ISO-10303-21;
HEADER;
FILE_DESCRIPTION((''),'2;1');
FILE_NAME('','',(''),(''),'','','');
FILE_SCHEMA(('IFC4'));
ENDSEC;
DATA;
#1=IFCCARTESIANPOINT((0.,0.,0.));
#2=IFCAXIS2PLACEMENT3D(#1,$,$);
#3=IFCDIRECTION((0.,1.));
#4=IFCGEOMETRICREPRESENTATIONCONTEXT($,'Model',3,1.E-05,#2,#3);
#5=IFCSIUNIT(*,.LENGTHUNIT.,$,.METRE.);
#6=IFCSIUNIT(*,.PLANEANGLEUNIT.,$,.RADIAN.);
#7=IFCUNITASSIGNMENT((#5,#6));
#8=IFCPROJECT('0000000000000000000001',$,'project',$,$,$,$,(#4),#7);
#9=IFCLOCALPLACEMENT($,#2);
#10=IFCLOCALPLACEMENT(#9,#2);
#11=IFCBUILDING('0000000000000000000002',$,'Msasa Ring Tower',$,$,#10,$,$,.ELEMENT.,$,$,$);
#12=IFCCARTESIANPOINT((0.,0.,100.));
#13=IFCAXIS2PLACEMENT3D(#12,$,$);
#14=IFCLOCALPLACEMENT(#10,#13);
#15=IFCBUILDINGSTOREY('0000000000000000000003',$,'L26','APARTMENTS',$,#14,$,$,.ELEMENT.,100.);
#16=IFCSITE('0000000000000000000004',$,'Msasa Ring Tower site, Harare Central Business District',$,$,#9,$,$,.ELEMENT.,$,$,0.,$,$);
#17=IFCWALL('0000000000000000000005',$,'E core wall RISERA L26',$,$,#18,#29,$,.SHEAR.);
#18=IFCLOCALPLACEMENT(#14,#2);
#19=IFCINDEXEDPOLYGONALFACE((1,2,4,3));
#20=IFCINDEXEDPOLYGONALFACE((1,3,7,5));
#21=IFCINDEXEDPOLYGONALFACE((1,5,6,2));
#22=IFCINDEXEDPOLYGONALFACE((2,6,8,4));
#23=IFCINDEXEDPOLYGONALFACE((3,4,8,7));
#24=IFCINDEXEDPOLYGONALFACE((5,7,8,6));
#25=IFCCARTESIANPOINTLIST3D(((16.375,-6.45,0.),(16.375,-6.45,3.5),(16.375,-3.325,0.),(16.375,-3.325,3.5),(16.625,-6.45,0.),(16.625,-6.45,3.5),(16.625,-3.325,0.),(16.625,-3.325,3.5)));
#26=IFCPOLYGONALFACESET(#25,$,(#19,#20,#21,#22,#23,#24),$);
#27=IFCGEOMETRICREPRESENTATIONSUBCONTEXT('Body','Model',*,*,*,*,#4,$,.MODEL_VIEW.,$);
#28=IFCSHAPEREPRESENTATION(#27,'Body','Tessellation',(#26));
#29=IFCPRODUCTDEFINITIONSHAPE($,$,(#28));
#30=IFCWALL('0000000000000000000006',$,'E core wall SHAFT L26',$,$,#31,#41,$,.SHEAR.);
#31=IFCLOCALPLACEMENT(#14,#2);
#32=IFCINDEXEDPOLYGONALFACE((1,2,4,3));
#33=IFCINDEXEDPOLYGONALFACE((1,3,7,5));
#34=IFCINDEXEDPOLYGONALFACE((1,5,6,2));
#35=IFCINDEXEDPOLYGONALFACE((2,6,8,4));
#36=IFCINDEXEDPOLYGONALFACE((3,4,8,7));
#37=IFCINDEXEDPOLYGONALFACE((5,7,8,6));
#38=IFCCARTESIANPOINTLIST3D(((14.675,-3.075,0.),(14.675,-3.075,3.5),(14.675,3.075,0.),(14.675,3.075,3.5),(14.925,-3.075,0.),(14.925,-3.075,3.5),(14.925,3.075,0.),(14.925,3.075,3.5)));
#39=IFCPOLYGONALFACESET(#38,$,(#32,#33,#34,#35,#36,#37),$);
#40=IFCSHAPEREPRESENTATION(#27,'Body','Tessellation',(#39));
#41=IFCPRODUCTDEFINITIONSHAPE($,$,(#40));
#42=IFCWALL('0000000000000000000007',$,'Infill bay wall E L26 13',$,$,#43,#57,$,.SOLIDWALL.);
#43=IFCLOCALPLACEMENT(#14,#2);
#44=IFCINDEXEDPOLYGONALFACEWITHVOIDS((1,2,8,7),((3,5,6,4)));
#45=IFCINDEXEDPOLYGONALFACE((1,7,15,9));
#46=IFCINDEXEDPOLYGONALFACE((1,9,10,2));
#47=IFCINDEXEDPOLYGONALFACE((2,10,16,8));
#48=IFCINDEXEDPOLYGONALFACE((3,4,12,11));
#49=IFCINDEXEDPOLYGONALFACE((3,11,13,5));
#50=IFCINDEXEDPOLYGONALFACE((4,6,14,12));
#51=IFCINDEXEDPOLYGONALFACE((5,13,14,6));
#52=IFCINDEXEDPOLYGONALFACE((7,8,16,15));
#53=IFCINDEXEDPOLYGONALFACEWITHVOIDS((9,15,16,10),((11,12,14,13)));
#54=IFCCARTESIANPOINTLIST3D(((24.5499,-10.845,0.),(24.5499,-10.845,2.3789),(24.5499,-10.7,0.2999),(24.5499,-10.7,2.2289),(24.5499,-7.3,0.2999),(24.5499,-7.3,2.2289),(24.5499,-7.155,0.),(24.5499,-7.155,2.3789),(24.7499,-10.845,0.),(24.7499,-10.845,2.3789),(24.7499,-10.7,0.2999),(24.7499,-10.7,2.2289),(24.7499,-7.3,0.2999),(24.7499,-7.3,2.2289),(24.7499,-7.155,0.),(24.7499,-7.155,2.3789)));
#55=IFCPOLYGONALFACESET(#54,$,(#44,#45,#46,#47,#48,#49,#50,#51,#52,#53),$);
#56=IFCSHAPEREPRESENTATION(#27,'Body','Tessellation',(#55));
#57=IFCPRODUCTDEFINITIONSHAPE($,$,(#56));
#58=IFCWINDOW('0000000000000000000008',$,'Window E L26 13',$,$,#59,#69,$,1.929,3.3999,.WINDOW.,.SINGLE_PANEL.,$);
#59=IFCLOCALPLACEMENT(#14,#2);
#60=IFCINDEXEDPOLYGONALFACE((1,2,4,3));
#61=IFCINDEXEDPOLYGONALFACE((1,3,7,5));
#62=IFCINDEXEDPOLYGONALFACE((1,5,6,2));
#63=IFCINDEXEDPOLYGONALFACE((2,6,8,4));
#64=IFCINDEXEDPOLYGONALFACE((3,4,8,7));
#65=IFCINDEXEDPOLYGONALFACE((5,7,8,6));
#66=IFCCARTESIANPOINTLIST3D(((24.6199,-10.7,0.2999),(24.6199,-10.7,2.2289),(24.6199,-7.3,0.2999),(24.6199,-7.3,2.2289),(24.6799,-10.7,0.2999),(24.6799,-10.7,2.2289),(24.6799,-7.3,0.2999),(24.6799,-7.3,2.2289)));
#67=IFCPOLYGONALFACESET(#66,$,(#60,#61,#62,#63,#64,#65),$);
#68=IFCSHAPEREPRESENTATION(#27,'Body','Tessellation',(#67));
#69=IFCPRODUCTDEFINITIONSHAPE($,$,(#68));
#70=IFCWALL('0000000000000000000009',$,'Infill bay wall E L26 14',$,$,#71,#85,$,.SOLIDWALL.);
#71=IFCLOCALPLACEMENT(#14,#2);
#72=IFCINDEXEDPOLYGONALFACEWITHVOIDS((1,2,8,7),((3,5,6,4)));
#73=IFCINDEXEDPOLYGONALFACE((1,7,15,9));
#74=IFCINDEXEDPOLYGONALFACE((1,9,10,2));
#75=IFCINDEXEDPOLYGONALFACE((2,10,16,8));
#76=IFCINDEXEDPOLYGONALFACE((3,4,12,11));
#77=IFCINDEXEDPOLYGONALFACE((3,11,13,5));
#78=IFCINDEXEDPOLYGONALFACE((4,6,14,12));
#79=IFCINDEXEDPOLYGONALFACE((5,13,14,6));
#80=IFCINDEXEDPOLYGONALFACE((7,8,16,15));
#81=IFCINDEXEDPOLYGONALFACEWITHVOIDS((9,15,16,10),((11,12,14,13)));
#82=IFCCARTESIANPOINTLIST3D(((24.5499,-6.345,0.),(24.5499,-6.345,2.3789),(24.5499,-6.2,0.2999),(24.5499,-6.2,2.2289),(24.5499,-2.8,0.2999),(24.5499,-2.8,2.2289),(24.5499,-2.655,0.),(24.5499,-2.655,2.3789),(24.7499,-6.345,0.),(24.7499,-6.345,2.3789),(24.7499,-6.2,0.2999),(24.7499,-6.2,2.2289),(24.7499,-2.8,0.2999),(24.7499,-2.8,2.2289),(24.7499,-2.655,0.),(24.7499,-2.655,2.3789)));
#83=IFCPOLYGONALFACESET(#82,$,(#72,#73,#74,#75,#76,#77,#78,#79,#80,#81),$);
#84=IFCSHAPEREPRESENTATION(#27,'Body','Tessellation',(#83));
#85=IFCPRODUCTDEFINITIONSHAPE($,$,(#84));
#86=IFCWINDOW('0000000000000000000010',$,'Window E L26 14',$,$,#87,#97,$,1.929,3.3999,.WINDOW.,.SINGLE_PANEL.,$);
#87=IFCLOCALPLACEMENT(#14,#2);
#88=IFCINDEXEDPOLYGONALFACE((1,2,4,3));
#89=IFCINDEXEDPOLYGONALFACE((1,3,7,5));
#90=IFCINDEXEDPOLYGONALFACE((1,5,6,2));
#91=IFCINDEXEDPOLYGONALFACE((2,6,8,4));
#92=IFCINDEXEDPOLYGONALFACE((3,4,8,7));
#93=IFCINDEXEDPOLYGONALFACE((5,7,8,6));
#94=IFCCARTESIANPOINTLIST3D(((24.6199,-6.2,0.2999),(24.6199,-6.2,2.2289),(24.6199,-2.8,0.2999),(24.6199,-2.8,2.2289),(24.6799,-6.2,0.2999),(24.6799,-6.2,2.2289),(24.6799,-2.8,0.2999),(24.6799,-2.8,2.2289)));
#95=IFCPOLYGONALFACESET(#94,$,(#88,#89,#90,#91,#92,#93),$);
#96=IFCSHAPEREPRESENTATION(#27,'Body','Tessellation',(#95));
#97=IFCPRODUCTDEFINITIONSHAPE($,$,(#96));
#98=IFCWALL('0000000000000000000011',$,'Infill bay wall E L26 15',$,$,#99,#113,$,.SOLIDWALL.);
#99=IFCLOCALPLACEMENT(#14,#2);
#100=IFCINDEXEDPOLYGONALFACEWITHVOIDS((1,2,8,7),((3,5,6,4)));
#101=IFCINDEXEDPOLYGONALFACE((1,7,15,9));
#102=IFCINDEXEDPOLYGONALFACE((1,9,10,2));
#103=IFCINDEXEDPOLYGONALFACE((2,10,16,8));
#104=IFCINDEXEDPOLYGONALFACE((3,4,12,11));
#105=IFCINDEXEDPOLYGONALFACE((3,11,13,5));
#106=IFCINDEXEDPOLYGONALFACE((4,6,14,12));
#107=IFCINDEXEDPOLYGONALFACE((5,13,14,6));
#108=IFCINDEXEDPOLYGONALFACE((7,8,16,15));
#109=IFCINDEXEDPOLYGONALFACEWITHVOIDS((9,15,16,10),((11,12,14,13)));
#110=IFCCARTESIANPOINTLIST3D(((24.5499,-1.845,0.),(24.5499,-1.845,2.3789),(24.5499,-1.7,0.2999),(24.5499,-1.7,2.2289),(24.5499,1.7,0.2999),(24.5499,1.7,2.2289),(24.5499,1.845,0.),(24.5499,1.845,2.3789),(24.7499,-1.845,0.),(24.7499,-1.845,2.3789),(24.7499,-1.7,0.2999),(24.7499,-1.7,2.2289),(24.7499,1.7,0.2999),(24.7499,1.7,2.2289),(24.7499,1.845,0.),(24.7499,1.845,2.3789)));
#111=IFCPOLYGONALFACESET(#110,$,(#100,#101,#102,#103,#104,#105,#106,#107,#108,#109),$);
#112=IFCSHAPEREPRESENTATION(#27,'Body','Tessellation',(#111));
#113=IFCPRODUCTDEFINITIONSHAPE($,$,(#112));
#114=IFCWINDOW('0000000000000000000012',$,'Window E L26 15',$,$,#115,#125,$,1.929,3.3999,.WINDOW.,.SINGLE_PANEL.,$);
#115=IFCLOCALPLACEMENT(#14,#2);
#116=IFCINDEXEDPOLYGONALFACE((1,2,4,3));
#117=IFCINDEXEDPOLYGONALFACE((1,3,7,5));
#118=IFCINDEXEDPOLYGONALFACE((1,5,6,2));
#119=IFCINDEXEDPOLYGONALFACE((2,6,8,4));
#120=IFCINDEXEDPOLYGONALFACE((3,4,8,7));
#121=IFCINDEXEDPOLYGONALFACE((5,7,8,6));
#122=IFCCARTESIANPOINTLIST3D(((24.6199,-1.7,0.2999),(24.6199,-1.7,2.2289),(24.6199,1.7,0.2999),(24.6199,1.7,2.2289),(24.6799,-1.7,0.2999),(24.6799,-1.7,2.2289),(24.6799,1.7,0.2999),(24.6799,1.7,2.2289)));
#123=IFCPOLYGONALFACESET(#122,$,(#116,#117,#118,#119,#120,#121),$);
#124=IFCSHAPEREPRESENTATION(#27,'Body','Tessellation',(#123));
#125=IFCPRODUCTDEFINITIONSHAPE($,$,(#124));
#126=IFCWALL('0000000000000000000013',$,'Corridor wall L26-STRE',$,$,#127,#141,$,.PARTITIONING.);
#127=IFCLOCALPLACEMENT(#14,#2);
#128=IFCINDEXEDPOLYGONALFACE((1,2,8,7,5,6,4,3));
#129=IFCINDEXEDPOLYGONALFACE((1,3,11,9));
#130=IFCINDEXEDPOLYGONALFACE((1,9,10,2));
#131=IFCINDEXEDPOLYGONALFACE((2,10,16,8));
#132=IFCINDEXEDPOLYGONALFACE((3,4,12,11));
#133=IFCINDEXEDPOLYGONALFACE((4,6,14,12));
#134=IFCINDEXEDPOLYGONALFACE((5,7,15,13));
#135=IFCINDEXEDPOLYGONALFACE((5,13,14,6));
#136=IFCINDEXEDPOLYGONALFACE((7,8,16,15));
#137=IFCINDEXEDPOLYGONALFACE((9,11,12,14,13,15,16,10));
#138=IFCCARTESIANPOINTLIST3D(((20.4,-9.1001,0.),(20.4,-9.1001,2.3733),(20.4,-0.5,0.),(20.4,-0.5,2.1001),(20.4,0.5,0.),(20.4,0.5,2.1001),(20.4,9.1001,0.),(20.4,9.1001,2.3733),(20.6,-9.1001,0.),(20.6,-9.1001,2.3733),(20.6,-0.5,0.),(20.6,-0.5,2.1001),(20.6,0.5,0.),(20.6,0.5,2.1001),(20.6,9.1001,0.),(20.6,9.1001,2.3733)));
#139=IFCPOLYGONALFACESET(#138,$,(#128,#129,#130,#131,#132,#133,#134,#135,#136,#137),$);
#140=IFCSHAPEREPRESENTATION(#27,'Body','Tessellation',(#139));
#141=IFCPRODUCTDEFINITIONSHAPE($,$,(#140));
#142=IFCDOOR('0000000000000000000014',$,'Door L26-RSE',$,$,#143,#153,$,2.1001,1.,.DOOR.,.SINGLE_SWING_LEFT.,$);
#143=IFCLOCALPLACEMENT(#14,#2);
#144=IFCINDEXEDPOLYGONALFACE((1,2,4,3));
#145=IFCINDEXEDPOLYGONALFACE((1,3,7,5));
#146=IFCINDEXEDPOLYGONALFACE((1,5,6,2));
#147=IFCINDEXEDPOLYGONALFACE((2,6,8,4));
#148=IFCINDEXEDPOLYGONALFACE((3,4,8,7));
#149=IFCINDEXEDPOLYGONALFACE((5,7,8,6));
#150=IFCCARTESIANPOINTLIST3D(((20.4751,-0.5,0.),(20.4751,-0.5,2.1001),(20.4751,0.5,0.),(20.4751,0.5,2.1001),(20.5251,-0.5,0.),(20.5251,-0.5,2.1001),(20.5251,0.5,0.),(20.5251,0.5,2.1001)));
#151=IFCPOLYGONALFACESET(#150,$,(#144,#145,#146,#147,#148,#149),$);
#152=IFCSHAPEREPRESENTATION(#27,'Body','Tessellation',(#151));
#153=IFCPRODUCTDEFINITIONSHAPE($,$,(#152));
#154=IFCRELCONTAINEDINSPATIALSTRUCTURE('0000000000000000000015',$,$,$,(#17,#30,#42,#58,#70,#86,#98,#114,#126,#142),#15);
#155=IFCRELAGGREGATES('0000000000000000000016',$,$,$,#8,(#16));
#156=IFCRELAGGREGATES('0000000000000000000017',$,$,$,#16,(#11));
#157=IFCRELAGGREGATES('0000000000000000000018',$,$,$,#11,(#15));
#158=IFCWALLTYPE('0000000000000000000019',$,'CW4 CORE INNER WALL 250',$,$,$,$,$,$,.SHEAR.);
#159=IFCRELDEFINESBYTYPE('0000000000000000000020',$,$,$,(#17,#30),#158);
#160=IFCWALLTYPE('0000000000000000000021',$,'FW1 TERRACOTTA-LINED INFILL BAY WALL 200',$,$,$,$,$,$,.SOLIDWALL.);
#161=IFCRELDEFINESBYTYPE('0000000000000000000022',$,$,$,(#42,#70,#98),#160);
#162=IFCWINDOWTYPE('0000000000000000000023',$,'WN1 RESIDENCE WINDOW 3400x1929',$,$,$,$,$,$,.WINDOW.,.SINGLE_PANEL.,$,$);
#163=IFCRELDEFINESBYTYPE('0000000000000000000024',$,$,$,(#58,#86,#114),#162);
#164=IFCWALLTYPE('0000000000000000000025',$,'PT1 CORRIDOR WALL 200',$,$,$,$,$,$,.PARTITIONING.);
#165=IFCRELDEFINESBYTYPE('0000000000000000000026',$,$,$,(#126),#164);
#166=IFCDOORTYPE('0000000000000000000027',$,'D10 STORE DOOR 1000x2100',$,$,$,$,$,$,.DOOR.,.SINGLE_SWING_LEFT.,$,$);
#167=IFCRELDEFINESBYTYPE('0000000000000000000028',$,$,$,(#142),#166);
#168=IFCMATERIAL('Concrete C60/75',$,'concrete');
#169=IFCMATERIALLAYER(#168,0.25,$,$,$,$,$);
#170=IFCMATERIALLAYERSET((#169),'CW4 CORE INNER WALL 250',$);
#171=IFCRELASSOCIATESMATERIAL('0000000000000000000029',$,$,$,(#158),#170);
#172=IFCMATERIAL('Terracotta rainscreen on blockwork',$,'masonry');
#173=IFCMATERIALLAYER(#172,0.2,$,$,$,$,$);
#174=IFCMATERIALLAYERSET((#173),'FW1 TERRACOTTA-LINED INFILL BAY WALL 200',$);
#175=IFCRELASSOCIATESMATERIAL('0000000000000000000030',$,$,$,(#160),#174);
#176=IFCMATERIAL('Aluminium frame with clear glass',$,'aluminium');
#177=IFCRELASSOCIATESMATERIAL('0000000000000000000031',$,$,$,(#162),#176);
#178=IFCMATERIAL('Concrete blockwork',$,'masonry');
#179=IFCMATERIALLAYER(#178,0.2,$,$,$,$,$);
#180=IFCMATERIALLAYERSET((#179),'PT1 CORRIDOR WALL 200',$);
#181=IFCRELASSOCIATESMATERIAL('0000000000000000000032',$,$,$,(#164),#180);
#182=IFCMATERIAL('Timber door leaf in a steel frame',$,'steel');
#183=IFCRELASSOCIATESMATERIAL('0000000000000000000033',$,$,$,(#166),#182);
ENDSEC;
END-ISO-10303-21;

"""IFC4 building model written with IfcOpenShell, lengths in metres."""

from ifc_helpers import new_model, si_unit, direction, frame, frame_2d, origin, place, context, subcontext, project, spatial, rectangle, extrude, material, layer, layer_set, type_object, element, fill, save


model = new_model("IFC4")

# Units and contexts
model_context = context("Model", 3, precision=1e-05, world=origin(), true_north=direction((0.0, 1.0)))
body_context = subcontext(model_context, "Body", "Model", "MODEL_VIEW")
ifc_project = project(units=[si_unit("LENGTHUNIT", "METRE"), si_unit("PLANEANGLEUNIT", "RADIAN")], contexts=[model_context])

# Site, building, storey
site_placement = place(None, origin())
site = spatial("IfcSite", under=ifc_project, at=site_placement, Name="Msasa Ring Tower site, Harare Central Business District", CompositionType="ELEMENT", RefElevation=0.0)
building_placement = place(site_placement, origin())
building = spatial("IfcBuilding", under=site, at=building_placement, Name="Msasa Ring Tower", CompositionType="ELEMENT")
storey_placement = place(building_placement, frame((0.0, 0.0, 100.0)))
storey = spatial("IfcBuildingStorey", under=building, at=storey_placement, Name="L26", Description="APARTMENTS", CompositionType="ELEMENT", Elevation=100.0)

# Walls
ifc_material_1 = material(Name="Concrete C60/75", Category="concrete")
ifc_layer_1 = layer(ifc_material_1, 0.25)
ifc_layer_set_1 = layer_set([ifc_layer_1], Name="CW4 CORE INNER WALL 250")
wall_type_1 = type_object("IfcWallType", Name="CW4 CORE INNER WALL 250", PredefinedType="SHEAR", material=ifc_layer_set_1)
wall_1_placement = place(storey_placement, frame((16.5, -6.45, 0.0), z_axis=(0.0, 0.0, 1.0), x_axis=(0.0, 1.0, 0.0)))
element("IfcWall", 1, at=wall_1_placement, inside=storey, type_object=wall_type_1, Name="E core wall RISERA L26", PredefinedType="SHEAR", context=body_context, shape_type="SweptSolid", body=[
    extrude(rectangle(XDim=3.125, YDim=0.25, at=frame_2d((1.5625, 0.0))), origin(), (0.0, 0.0, 1.0), 3.5),
])
wall_2_placement = place(storey_placement, frame((14.8, -3.075, 0.0), z_axis=(0.0, 0.0, 1.0), x_axis=(0.0, 1.0, 0.0)))
element("IfcWall", 2, at=wall_2_placement, inside=storey, type_object=wall_type_1, Name="E core wall SHAFT L26", PredefinedType="SHEAR", context=body_context, shape_type="SweptSolid", body=[
    extrude(rectangle(XDim=6.1499, YDim=0.25, at=frame_2d((3.075, 0.0))), origin(), (0.0, 0.0, 1.0), 3.5),
])

# Walls, openings, windows
ifc_material_2 = material(Name="Terracotta rainscreen on blockwork", Category="masonry")
ifc_layer_2 = layer(ifc_material_2, 0.2)
ifc_layer_set_2 = layer_set([ifc_layer_2], Name="FW1 TERRACOTTA-LINED INFILL BAY WALL 200")
wall_type_2 = type_object("IfcWallType", Name="FW1 TERRACOTTA-LINED INFILL BAY WALL 200", PredefinedType="SOLIDWALL", material=ifc_layer_set_2)
wall_3_placement = place(storey_placement, frame((24.6499, -10.845, 0.0), z_axis=(0.0, 0.0, 1.0), x_axis=(0.0, 1.0, 0.0)))
wall_3 = element("IfcWall", 3, at=wall_3_placement, inside=storey, type_object=wall_type_2, Name="Infill bay wall E L26 13", PredefinedType="SOLIDWALL", context=body_context, shape_type="SweptSolid", body=[
    extrude(rectangle(XDim=3.6899, YDim=0.2, at=frame_2d((1.845, 0.0))), origin(), (0.0, 0.0, 1.0), 2.3789),
])
opening_1_placement = place(wall_3_placement, frame((0.145, 0.0, 0.3)))
opening_1 = element("IfcOpeningElement", 4, at=opening_1_placement, cuts=wall_3, PredefinedType="OPENING", context=body_context, shape_type="SweptSolid", body=[
    extrude(rectangle(XDim=3.3999, YDim=1.929, at=frame_2d((1.7, 0.9644))), frame((0.0, 0.1099, 0.0), z_axis=(0.0, -1.0, 0.0), x_axis=(1.0, 0.0, 0.0)), (0.0, 0.0, 1.0), 0.22),
])
ifc_material_3 = material(Name="Aluminium frame with clear glass", Category="aluminium")
window_type = type_object("IfcWindowType", Name="WN1 RESIDENCE WINDOW 3400x1929", PartitioningType="SINGLE_PANEL", PredefinedType="WINDOW", material=ifc_material_3)
window_1_placement = place(opening_1_placement, origin())
window_1 = element("IfcWindow", 5, at=window_1_placement, inside=storey, type_object=window_type, Name="Window E L26 13", OverallHeight=1.929, OverallWidth=3.3999, PartitioningType="SINGLE_PANEL", PredefinedType="WINDOW", context=body_context, shape_type="SweptSolid", body=[
    extrude(rectangle(XDim=3.3999, YDim=1.929, at=frame_2d((1.7, 0.9644))), frame((0.0, 0.03, 0.0), z_axis=(0.0, -1.0, 0.0), x_axis=(1.0, 0.0, 0.0)), (0.0, 0.0, 1.0), 0.0601),
])
fill(opening_1, window_1)
wall_4_placement = place(storey_placement, frame((24.6499, -6.345, 0.0), z_axis=(0.0, 0.0, 1.0), x_axis=(0.0, 1.0, 0.0)))
wall_4 = element("IfcWall", 6, at=wall_4_placement, inside=storey, type_object=wall_type_2, Name="Infill bay wall E L26 14", PredefinedType="SOLIDWALL", context=body_context, shape_type="SweptSolid", body=[
    extrude(rectangle(XDim=3.6899, YDim=0.2, at=frame_2d((1.845, 0.0))), origin(), (0.0, 0.0, 1.0), 2.3789),
])
opening_2_placement = place(wall_4_placement, frame((0.145, 0.0, 0.3)))
opening_2 = element("IfcOpeningElement", 7, at=opening_2_placement, cuts=wall_4, PredefinedType="OPENING", context=body_context, shape_type="SweptSolid", body=[
    extrude(rectangle(XDim=3.3999, YDim=1.929, at=frame_2d((1.7, 0.9644))), frame((0.0, 0.1099, 0.0), z_axis=(0.0, -1.0, 0.0), x_axis=(1.0, 0.0, 0.0)), (0.0, 0.0, 1.0), 0.22),
])
window_2_placement = place(opening_2_placement, origin())
window_2 = element("IfcWindow", 8, at=window_2_placement, inside=storey, type_object=window_type, Name="Window E L26 14", OverallHeight=1.929, OverallWidth=3.3999, PartitioningType="SINGLE_PANEL", PredefinedType="WINDOW", context=body_context, shape_type="SweptSolid", body=[
    extrude(rectangle(XDim=3.3999, YDim=1.929, at=frame_2d((1.7, 0.9644))), frame((0.0, 0.03, 0.0), z_axis=(0.0, -1.0, 0.0), x_axis=(1.0, 0.0, 0.0)), (0.0, 0.0, 1.0), 0.0601),
])
fill(opening_2, window_2)
wall_5_placement = place(storey_placement, frame((24.6499, -1.845, 0.0), z_axis=(0.0, 0.0, 1.0), x_axis=(0.0, 1.0, 0.0)))
wall_5 = element("IfcWall", 9, at=wall_5_placement, inside=storey, type_object=wall_type_2, Name="Infill bay wall E L26 15", PredefinedType="SOLIDWALL", context=body_context, shape_type="SweptSolid", body=[
    extrude(rectangle(XDim=3.6899, YDim=0.2, at=frame_2d((1.845, 0.0))), origin(), (0.0, 0.0, 1.0), 2.3789),
])
opening_3_placement = place(wall_5_placement, frame((0.145, 0.0, 0.3)))
opening_3 = element("IfcOpeningElement", 10, at=opening_3_placement, cuts=wall_5, PredefinedType="OPENING", context=body_context, shape_type="SweptSolid", body=[
    extrude(rectangle(XDim=3.3999, YDim=1.929, at=frame_2d((1.7, 0.9644))), frame((0.0, 0.1099, 0.0), z_axis=(0.0, -1.0, 0.0), x_axis=(1.0, 0.0, 0.0)), (0.0, 0.0, 1.0), 0.22),
])
window_3_placement = place(opening_3_placement, origin())
window_3 = element("IfcWindow", 11, at=window_3_placement, inside=storey, type_object=window_type, Name="Window E L26 15", OverallHeight=1.929, OverallWidth=3.3999, PartitioningType="SINGLE_PANEL", PredefinedType="WINDOW", context=body_context, shape_type="SweptSolid", body=[
    extrude(rectangle(XDim=3.3999, YDim=1.929, at=frame_2d((1.7, 0.9644))), frame((0.0, 0.03, 0.0), z_axis=(0.0, -1.0, 0.0), x_axis=(1.0, 0.0, 0.0)), (0.0, 0.0, 1.0), 0.0601),
])
fill(opening_3, window_3)

# Wall, opening, door
ifc_material_4 = material(Name="Concrete blockwork", Category="masonry")
ifc_layer_3 = layer(ifc_material_4, 0.2)
ifc_layer_set_3 = layer_set([ifc_layer_3], Name="PT1 CORRIDOR WALL 200")
wall_type_3 = type_object("IfcWallType", Name="PT1 CORRIDOR WALL 200", PredefinedType="PARTITIONING", material=ifc_layer_set_3)
wall_6_placement = place(storey_placement, frame((20.5, -9.1001, 0.0), z_axis=(0.0, 0.0, 1.0), x_axis=(0.0, 1.0, 0.0)))
wall_6 = element("IfcWall", 12, at=wall_6_placement, inside=storey, type_object=wall_type_3, Name="Corridor wall L26-STRE", PredefinedType="PARTITIONING", context=body_context, shape_type="SweptSolid", body=[
    extrude(rectangle(XDim=18.2002, YDim=0.2, at=frame_2d((9.1001, 0.0))), origin(), (0.0, 0.0, 1.0), 2.3733),
])
opening_4_placement = place(wall_6_placement, frame((8.6001, 0.0, 0.0)))
opening_4 = element("IfcOpeningElement", 13, at=opening_4_placement, cuts=wall_6, PredefinedType="OPENING", context=body_context, shape_type="SweptSolid", body=[
    extrude(rectangle(XDim=1.0, YDim=2.1001, at=frame_2d((0.5, 1.05))), frame((0.0, 0.1099, 0.0), z_axis=(0.0, -1.0, 0.0), x_axis=(1.0, 0.0, 0.0)), (0.0, 0.0, 1.0), 0.22),
])
ifc_material_5 = material(Name="Timber door leaf in a steel frame", Category="steel")
door_type = type_object("IfcDoorType", Name="D10 STORE DOOR 1000x2100", OperationType="SINGLE_SWING_LEFT", PredefinedType="DOOR", material=ifc_material_5)
door_placement = place(opening_4_placement, origin())
door = element("IfcDoor", 14, at=door_placement, inside=storey, type_object=door_type, Name="Door L26-RSE", OperationType="SINGLE_SWING_LEFT", OverallHeight=2.1001, OverallWidth=1.0, PredefinedType="DOOR", context=body_context, shape_type="SweptSolid", body=[
    extrude(rectangle(XDim=1.0, YDim=2.1001, at=frame_2d((0.5, 1.05))), frame((0.0, 0.0249, 0.0), z_axis=(0.0, -1.0, 0.0), x_axis=(1.0, 0.0, 0.0)), (0.0, 0.0, 1.0), 0.05),
])
fill(opening_4, door)

save(model, "model.ifc")
